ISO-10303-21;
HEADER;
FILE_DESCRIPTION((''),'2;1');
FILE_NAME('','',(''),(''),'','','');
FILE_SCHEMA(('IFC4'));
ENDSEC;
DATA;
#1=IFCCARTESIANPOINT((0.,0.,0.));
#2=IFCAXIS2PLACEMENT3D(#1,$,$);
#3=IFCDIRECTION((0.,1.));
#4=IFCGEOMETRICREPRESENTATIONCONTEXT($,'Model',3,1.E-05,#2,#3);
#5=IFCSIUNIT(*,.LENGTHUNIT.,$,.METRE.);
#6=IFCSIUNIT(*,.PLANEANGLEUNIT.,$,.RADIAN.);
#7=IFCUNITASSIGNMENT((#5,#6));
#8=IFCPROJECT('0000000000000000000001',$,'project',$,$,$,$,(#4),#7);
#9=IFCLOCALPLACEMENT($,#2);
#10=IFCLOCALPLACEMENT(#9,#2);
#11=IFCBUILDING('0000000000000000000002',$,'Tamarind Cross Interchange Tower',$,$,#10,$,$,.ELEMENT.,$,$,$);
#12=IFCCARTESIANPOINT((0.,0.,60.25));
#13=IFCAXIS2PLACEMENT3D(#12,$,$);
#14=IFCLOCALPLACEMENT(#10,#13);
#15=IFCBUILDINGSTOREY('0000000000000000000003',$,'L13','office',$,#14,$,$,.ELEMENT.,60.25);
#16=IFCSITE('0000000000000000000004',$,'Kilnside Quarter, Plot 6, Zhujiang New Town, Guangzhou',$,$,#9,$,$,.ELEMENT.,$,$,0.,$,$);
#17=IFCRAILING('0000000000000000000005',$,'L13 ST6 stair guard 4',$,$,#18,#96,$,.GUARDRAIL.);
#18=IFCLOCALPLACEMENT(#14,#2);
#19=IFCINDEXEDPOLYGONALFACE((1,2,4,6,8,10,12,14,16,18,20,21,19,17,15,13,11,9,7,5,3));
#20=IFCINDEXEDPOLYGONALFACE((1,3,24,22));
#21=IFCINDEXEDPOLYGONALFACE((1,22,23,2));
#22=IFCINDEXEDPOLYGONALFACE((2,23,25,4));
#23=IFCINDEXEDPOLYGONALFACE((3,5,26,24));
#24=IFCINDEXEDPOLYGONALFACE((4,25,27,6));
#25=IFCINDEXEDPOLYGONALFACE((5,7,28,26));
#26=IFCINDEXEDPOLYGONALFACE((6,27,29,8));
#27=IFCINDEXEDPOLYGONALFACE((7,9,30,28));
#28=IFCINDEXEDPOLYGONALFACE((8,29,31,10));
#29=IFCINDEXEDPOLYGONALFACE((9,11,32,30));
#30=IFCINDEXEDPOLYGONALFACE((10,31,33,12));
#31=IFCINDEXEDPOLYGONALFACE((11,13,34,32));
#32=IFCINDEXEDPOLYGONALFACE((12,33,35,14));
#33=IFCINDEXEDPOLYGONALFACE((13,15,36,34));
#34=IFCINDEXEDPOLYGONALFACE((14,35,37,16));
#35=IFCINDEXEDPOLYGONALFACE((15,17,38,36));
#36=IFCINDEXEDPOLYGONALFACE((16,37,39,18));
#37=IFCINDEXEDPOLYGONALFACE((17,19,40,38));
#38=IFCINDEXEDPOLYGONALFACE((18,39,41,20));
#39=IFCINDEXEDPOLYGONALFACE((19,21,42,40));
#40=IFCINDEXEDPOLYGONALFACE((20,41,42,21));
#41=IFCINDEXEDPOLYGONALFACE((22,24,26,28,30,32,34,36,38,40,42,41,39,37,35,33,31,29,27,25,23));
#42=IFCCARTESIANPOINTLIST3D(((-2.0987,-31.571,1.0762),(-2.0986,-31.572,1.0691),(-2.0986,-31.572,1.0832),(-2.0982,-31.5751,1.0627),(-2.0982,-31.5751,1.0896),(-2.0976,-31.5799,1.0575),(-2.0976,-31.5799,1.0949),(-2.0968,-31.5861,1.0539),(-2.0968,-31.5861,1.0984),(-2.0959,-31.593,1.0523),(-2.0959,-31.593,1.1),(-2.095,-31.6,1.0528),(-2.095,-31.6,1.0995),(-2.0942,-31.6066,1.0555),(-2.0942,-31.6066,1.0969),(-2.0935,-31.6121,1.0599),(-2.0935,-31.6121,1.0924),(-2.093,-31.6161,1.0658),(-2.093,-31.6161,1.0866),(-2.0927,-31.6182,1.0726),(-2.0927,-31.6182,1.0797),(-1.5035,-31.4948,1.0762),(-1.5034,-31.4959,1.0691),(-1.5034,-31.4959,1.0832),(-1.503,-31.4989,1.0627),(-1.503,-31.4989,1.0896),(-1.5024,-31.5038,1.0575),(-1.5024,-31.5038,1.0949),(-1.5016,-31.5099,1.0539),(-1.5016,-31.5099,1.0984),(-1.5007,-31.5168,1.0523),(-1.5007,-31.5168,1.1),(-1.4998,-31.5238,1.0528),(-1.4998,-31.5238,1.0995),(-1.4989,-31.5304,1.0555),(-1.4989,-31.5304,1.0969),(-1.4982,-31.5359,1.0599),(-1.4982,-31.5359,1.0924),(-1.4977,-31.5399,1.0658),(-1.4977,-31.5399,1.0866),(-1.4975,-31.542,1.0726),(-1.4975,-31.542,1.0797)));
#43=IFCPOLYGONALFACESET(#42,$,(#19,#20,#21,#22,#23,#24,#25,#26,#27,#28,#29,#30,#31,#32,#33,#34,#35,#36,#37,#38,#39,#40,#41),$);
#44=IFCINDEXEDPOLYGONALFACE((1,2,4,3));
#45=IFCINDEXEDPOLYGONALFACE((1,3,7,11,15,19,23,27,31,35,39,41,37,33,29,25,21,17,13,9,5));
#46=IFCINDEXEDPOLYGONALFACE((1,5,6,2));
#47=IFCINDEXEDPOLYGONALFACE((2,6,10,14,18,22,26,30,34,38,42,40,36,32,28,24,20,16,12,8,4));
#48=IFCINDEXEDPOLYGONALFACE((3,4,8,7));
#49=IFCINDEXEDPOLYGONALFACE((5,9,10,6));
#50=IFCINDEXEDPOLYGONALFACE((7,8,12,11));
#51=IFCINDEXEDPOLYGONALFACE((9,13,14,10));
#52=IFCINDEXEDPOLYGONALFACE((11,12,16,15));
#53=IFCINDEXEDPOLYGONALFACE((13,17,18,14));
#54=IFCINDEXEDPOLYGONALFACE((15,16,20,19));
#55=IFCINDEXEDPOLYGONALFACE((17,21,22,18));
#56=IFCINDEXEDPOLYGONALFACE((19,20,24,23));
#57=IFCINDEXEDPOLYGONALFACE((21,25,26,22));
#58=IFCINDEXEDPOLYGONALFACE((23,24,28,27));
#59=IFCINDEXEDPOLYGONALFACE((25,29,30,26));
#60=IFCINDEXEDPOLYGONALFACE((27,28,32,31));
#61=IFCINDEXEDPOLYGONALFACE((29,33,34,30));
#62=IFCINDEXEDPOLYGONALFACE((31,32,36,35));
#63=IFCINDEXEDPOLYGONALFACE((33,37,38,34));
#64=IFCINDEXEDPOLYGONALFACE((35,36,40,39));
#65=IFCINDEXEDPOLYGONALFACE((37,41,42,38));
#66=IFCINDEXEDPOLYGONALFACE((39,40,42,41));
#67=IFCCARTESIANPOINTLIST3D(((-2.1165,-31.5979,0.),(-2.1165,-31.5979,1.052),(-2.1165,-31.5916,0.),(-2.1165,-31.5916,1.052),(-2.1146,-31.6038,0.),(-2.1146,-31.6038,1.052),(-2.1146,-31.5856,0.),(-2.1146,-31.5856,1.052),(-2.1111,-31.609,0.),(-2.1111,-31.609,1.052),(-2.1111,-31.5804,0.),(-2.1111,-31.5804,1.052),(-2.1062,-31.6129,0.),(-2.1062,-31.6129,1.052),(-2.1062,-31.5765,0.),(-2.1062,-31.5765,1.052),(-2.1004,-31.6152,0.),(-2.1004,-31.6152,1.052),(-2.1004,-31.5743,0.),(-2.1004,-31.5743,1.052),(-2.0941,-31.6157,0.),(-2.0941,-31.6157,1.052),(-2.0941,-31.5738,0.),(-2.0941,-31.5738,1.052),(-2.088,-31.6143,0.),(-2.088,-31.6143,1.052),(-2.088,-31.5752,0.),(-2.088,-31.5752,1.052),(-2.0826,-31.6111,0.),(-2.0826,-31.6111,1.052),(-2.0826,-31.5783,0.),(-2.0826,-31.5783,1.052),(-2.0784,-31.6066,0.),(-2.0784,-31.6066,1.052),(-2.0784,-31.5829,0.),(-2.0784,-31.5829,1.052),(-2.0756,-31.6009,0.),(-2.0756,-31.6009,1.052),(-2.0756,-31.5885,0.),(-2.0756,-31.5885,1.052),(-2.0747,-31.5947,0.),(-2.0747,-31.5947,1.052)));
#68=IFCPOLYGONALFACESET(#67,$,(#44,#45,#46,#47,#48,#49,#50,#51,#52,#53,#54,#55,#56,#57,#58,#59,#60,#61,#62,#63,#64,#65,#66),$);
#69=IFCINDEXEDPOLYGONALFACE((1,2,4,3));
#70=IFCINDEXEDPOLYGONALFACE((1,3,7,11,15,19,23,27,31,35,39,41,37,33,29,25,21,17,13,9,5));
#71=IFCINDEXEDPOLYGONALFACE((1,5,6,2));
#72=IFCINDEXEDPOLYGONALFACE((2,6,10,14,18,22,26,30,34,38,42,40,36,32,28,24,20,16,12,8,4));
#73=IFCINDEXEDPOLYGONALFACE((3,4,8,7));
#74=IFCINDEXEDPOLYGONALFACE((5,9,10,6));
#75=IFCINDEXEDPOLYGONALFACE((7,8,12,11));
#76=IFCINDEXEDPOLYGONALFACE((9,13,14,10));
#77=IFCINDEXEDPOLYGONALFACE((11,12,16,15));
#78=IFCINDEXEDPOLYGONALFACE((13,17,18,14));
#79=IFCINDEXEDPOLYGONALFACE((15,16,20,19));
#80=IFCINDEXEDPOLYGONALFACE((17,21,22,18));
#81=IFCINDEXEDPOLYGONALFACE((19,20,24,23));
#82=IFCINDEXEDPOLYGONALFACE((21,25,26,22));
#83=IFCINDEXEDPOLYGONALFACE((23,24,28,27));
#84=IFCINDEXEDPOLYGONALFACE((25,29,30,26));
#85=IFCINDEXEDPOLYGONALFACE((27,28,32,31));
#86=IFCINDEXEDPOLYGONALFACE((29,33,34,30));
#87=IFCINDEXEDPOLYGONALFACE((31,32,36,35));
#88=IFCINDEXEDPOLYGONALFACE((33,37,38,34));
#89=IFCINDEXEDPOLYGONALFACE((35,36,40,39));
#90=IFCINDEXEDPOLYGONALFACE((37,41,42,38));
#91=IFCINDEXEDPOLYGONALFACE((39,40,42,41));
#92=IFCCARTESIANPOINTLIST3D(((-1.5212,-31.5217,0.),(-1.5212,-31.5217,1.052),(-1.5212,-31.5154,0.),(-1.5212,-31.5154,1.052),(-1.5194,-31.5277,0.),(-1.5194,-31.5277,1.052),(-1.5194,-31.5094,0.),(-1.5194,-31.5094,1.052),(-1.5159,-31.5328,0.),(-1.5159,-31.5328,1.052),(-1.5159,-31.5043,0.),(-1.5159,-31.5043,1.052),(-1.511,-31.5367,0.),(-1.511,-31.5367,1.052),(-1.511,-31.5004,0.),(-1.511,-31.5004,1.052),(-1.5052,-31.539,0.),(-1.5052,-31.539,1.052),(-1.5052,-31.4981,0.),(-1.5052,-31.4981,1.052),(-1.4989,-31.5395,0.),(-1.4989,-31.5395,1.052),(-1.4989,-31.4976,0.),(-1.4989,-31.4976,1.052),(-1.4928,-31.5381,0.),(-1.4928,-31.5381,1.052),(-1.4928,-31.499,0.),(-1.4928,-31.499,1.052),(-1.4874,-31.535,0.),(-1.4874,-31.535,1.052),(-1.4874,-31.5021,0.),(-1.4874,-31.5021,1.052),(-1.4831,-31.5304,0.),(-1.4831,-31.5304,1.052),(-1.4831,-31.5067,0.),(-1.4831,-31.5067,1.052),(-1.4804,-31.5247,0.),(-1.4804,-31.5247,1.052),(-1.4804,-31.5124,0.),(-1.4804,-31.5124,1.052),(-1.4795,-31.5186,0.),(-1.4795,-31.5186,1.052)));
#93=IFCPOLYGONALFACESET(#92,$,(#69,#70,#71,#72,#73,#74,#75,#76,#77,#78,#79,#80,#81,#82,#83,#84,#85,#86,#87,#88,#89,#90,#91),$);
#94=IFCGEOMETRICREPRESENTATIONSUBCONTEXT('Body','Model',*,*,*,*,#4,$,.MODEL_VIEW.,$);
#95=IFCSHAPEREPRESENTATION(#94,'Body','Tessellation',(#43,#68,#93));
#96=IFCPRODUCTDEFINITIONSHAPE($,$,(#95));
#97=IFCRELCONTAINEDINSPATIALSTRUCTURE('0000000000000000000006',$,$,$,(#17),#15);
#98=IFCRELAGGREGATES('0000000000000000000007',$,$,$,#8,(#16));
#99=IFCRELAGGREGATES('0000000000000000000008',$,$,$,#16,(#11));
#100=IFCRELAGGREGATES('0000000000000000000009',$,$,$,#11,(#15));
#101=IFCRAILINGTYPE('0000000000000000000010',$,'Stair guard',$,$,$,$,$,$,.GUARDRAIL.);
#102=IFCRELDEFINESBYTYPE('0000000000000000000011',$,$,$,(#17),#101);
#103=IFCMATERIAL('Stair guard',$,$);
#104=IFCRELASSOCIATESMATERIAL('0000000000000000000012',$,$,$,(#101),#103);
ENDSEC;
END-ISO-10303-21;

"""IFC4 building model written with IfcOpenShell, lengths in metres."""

from ifc_helpers import new_model, si_unit, direction, frame, origin, origin_2d, place, context, subcontext, project, spatial, circle, extrude, material, type_object, element, save


model = new_model("IFC4")

# Units and contexts
model_context = context("Model", 3, precision=1e-05, world=origin(), true_north=direction((0.0, 1.0)))
body_context = subcontext(model_context, "Body", "Model", "MODEL_VIEW")
ifc_project = project(units=[si_unit("LENGTHUNIT", "METRE"), si_unit("PLANEANGLEUNIT", "RADIAN")], contexts=[model_context])

# Site, building, storey
site_placement = place(None, origin())
site = spatial("IfcSite", under=ifc_project, at=site_placement, Name="Kilnside Quarter, Plot 6, Zhujiang New Town, Guangzhou", CompositionType="ELEMENT", RefElevation=0.0)
building_placement = place(site_placement, origin())
building = spatial("IfcBuilding", under=site, at=building_placement, Name="Tamarind Cross Interchange Tower", CompositionType="ELEMENT")
storey_placement = place(building_placement, frame((0.0, 0.0, 60.25)))
storey = spatial("IfcBuildingStorey", under=building, at=storey_placement, Name="L13", Description="office", CompositionType="ELEMENT", Elevation=60.25)

# Railing
ifc_material_1 = material(Name="Stair guard")
railing_type_1 = type_object("IfcRailingType", Name="Stair guard", PredefinedType="GUARDRAIL", material=ifc_material_1)
railing_1_placement = place(storey_placement, frame((-2.0957, -31.5947, 0.0)))
element("IfcRailing", 1, at=railing_1_placement, inside=storey, type_object=railing_type_1, Name="L13 ST6 stair guard 4", PredefinedType="GUARDRAIL", context=body_context, shape_type="SweptSolid", body=[
    extrude(circle(Radius=0.0239, at=origin_2d()), frame((0.0, 0.0, 1.0762), z_axis=(0.991911, 0.126939, 0.0), x_axis=(-0.126939, 0.991911, 0.0)), (0.0, 0.0, 1.0), 0.6001),
    extrude(circle(Radius=0.021, at=origin_2d()), origin(), (0.0, 0.0, 1.0), 1.052),
    extrude(circle(Radius=0.021, at=origin_2d()), frame((0.5952, 0.0762, 0.0)), (0.0, 0.0, 1.0), 1.052),
])

save(model, "model.ifc")
